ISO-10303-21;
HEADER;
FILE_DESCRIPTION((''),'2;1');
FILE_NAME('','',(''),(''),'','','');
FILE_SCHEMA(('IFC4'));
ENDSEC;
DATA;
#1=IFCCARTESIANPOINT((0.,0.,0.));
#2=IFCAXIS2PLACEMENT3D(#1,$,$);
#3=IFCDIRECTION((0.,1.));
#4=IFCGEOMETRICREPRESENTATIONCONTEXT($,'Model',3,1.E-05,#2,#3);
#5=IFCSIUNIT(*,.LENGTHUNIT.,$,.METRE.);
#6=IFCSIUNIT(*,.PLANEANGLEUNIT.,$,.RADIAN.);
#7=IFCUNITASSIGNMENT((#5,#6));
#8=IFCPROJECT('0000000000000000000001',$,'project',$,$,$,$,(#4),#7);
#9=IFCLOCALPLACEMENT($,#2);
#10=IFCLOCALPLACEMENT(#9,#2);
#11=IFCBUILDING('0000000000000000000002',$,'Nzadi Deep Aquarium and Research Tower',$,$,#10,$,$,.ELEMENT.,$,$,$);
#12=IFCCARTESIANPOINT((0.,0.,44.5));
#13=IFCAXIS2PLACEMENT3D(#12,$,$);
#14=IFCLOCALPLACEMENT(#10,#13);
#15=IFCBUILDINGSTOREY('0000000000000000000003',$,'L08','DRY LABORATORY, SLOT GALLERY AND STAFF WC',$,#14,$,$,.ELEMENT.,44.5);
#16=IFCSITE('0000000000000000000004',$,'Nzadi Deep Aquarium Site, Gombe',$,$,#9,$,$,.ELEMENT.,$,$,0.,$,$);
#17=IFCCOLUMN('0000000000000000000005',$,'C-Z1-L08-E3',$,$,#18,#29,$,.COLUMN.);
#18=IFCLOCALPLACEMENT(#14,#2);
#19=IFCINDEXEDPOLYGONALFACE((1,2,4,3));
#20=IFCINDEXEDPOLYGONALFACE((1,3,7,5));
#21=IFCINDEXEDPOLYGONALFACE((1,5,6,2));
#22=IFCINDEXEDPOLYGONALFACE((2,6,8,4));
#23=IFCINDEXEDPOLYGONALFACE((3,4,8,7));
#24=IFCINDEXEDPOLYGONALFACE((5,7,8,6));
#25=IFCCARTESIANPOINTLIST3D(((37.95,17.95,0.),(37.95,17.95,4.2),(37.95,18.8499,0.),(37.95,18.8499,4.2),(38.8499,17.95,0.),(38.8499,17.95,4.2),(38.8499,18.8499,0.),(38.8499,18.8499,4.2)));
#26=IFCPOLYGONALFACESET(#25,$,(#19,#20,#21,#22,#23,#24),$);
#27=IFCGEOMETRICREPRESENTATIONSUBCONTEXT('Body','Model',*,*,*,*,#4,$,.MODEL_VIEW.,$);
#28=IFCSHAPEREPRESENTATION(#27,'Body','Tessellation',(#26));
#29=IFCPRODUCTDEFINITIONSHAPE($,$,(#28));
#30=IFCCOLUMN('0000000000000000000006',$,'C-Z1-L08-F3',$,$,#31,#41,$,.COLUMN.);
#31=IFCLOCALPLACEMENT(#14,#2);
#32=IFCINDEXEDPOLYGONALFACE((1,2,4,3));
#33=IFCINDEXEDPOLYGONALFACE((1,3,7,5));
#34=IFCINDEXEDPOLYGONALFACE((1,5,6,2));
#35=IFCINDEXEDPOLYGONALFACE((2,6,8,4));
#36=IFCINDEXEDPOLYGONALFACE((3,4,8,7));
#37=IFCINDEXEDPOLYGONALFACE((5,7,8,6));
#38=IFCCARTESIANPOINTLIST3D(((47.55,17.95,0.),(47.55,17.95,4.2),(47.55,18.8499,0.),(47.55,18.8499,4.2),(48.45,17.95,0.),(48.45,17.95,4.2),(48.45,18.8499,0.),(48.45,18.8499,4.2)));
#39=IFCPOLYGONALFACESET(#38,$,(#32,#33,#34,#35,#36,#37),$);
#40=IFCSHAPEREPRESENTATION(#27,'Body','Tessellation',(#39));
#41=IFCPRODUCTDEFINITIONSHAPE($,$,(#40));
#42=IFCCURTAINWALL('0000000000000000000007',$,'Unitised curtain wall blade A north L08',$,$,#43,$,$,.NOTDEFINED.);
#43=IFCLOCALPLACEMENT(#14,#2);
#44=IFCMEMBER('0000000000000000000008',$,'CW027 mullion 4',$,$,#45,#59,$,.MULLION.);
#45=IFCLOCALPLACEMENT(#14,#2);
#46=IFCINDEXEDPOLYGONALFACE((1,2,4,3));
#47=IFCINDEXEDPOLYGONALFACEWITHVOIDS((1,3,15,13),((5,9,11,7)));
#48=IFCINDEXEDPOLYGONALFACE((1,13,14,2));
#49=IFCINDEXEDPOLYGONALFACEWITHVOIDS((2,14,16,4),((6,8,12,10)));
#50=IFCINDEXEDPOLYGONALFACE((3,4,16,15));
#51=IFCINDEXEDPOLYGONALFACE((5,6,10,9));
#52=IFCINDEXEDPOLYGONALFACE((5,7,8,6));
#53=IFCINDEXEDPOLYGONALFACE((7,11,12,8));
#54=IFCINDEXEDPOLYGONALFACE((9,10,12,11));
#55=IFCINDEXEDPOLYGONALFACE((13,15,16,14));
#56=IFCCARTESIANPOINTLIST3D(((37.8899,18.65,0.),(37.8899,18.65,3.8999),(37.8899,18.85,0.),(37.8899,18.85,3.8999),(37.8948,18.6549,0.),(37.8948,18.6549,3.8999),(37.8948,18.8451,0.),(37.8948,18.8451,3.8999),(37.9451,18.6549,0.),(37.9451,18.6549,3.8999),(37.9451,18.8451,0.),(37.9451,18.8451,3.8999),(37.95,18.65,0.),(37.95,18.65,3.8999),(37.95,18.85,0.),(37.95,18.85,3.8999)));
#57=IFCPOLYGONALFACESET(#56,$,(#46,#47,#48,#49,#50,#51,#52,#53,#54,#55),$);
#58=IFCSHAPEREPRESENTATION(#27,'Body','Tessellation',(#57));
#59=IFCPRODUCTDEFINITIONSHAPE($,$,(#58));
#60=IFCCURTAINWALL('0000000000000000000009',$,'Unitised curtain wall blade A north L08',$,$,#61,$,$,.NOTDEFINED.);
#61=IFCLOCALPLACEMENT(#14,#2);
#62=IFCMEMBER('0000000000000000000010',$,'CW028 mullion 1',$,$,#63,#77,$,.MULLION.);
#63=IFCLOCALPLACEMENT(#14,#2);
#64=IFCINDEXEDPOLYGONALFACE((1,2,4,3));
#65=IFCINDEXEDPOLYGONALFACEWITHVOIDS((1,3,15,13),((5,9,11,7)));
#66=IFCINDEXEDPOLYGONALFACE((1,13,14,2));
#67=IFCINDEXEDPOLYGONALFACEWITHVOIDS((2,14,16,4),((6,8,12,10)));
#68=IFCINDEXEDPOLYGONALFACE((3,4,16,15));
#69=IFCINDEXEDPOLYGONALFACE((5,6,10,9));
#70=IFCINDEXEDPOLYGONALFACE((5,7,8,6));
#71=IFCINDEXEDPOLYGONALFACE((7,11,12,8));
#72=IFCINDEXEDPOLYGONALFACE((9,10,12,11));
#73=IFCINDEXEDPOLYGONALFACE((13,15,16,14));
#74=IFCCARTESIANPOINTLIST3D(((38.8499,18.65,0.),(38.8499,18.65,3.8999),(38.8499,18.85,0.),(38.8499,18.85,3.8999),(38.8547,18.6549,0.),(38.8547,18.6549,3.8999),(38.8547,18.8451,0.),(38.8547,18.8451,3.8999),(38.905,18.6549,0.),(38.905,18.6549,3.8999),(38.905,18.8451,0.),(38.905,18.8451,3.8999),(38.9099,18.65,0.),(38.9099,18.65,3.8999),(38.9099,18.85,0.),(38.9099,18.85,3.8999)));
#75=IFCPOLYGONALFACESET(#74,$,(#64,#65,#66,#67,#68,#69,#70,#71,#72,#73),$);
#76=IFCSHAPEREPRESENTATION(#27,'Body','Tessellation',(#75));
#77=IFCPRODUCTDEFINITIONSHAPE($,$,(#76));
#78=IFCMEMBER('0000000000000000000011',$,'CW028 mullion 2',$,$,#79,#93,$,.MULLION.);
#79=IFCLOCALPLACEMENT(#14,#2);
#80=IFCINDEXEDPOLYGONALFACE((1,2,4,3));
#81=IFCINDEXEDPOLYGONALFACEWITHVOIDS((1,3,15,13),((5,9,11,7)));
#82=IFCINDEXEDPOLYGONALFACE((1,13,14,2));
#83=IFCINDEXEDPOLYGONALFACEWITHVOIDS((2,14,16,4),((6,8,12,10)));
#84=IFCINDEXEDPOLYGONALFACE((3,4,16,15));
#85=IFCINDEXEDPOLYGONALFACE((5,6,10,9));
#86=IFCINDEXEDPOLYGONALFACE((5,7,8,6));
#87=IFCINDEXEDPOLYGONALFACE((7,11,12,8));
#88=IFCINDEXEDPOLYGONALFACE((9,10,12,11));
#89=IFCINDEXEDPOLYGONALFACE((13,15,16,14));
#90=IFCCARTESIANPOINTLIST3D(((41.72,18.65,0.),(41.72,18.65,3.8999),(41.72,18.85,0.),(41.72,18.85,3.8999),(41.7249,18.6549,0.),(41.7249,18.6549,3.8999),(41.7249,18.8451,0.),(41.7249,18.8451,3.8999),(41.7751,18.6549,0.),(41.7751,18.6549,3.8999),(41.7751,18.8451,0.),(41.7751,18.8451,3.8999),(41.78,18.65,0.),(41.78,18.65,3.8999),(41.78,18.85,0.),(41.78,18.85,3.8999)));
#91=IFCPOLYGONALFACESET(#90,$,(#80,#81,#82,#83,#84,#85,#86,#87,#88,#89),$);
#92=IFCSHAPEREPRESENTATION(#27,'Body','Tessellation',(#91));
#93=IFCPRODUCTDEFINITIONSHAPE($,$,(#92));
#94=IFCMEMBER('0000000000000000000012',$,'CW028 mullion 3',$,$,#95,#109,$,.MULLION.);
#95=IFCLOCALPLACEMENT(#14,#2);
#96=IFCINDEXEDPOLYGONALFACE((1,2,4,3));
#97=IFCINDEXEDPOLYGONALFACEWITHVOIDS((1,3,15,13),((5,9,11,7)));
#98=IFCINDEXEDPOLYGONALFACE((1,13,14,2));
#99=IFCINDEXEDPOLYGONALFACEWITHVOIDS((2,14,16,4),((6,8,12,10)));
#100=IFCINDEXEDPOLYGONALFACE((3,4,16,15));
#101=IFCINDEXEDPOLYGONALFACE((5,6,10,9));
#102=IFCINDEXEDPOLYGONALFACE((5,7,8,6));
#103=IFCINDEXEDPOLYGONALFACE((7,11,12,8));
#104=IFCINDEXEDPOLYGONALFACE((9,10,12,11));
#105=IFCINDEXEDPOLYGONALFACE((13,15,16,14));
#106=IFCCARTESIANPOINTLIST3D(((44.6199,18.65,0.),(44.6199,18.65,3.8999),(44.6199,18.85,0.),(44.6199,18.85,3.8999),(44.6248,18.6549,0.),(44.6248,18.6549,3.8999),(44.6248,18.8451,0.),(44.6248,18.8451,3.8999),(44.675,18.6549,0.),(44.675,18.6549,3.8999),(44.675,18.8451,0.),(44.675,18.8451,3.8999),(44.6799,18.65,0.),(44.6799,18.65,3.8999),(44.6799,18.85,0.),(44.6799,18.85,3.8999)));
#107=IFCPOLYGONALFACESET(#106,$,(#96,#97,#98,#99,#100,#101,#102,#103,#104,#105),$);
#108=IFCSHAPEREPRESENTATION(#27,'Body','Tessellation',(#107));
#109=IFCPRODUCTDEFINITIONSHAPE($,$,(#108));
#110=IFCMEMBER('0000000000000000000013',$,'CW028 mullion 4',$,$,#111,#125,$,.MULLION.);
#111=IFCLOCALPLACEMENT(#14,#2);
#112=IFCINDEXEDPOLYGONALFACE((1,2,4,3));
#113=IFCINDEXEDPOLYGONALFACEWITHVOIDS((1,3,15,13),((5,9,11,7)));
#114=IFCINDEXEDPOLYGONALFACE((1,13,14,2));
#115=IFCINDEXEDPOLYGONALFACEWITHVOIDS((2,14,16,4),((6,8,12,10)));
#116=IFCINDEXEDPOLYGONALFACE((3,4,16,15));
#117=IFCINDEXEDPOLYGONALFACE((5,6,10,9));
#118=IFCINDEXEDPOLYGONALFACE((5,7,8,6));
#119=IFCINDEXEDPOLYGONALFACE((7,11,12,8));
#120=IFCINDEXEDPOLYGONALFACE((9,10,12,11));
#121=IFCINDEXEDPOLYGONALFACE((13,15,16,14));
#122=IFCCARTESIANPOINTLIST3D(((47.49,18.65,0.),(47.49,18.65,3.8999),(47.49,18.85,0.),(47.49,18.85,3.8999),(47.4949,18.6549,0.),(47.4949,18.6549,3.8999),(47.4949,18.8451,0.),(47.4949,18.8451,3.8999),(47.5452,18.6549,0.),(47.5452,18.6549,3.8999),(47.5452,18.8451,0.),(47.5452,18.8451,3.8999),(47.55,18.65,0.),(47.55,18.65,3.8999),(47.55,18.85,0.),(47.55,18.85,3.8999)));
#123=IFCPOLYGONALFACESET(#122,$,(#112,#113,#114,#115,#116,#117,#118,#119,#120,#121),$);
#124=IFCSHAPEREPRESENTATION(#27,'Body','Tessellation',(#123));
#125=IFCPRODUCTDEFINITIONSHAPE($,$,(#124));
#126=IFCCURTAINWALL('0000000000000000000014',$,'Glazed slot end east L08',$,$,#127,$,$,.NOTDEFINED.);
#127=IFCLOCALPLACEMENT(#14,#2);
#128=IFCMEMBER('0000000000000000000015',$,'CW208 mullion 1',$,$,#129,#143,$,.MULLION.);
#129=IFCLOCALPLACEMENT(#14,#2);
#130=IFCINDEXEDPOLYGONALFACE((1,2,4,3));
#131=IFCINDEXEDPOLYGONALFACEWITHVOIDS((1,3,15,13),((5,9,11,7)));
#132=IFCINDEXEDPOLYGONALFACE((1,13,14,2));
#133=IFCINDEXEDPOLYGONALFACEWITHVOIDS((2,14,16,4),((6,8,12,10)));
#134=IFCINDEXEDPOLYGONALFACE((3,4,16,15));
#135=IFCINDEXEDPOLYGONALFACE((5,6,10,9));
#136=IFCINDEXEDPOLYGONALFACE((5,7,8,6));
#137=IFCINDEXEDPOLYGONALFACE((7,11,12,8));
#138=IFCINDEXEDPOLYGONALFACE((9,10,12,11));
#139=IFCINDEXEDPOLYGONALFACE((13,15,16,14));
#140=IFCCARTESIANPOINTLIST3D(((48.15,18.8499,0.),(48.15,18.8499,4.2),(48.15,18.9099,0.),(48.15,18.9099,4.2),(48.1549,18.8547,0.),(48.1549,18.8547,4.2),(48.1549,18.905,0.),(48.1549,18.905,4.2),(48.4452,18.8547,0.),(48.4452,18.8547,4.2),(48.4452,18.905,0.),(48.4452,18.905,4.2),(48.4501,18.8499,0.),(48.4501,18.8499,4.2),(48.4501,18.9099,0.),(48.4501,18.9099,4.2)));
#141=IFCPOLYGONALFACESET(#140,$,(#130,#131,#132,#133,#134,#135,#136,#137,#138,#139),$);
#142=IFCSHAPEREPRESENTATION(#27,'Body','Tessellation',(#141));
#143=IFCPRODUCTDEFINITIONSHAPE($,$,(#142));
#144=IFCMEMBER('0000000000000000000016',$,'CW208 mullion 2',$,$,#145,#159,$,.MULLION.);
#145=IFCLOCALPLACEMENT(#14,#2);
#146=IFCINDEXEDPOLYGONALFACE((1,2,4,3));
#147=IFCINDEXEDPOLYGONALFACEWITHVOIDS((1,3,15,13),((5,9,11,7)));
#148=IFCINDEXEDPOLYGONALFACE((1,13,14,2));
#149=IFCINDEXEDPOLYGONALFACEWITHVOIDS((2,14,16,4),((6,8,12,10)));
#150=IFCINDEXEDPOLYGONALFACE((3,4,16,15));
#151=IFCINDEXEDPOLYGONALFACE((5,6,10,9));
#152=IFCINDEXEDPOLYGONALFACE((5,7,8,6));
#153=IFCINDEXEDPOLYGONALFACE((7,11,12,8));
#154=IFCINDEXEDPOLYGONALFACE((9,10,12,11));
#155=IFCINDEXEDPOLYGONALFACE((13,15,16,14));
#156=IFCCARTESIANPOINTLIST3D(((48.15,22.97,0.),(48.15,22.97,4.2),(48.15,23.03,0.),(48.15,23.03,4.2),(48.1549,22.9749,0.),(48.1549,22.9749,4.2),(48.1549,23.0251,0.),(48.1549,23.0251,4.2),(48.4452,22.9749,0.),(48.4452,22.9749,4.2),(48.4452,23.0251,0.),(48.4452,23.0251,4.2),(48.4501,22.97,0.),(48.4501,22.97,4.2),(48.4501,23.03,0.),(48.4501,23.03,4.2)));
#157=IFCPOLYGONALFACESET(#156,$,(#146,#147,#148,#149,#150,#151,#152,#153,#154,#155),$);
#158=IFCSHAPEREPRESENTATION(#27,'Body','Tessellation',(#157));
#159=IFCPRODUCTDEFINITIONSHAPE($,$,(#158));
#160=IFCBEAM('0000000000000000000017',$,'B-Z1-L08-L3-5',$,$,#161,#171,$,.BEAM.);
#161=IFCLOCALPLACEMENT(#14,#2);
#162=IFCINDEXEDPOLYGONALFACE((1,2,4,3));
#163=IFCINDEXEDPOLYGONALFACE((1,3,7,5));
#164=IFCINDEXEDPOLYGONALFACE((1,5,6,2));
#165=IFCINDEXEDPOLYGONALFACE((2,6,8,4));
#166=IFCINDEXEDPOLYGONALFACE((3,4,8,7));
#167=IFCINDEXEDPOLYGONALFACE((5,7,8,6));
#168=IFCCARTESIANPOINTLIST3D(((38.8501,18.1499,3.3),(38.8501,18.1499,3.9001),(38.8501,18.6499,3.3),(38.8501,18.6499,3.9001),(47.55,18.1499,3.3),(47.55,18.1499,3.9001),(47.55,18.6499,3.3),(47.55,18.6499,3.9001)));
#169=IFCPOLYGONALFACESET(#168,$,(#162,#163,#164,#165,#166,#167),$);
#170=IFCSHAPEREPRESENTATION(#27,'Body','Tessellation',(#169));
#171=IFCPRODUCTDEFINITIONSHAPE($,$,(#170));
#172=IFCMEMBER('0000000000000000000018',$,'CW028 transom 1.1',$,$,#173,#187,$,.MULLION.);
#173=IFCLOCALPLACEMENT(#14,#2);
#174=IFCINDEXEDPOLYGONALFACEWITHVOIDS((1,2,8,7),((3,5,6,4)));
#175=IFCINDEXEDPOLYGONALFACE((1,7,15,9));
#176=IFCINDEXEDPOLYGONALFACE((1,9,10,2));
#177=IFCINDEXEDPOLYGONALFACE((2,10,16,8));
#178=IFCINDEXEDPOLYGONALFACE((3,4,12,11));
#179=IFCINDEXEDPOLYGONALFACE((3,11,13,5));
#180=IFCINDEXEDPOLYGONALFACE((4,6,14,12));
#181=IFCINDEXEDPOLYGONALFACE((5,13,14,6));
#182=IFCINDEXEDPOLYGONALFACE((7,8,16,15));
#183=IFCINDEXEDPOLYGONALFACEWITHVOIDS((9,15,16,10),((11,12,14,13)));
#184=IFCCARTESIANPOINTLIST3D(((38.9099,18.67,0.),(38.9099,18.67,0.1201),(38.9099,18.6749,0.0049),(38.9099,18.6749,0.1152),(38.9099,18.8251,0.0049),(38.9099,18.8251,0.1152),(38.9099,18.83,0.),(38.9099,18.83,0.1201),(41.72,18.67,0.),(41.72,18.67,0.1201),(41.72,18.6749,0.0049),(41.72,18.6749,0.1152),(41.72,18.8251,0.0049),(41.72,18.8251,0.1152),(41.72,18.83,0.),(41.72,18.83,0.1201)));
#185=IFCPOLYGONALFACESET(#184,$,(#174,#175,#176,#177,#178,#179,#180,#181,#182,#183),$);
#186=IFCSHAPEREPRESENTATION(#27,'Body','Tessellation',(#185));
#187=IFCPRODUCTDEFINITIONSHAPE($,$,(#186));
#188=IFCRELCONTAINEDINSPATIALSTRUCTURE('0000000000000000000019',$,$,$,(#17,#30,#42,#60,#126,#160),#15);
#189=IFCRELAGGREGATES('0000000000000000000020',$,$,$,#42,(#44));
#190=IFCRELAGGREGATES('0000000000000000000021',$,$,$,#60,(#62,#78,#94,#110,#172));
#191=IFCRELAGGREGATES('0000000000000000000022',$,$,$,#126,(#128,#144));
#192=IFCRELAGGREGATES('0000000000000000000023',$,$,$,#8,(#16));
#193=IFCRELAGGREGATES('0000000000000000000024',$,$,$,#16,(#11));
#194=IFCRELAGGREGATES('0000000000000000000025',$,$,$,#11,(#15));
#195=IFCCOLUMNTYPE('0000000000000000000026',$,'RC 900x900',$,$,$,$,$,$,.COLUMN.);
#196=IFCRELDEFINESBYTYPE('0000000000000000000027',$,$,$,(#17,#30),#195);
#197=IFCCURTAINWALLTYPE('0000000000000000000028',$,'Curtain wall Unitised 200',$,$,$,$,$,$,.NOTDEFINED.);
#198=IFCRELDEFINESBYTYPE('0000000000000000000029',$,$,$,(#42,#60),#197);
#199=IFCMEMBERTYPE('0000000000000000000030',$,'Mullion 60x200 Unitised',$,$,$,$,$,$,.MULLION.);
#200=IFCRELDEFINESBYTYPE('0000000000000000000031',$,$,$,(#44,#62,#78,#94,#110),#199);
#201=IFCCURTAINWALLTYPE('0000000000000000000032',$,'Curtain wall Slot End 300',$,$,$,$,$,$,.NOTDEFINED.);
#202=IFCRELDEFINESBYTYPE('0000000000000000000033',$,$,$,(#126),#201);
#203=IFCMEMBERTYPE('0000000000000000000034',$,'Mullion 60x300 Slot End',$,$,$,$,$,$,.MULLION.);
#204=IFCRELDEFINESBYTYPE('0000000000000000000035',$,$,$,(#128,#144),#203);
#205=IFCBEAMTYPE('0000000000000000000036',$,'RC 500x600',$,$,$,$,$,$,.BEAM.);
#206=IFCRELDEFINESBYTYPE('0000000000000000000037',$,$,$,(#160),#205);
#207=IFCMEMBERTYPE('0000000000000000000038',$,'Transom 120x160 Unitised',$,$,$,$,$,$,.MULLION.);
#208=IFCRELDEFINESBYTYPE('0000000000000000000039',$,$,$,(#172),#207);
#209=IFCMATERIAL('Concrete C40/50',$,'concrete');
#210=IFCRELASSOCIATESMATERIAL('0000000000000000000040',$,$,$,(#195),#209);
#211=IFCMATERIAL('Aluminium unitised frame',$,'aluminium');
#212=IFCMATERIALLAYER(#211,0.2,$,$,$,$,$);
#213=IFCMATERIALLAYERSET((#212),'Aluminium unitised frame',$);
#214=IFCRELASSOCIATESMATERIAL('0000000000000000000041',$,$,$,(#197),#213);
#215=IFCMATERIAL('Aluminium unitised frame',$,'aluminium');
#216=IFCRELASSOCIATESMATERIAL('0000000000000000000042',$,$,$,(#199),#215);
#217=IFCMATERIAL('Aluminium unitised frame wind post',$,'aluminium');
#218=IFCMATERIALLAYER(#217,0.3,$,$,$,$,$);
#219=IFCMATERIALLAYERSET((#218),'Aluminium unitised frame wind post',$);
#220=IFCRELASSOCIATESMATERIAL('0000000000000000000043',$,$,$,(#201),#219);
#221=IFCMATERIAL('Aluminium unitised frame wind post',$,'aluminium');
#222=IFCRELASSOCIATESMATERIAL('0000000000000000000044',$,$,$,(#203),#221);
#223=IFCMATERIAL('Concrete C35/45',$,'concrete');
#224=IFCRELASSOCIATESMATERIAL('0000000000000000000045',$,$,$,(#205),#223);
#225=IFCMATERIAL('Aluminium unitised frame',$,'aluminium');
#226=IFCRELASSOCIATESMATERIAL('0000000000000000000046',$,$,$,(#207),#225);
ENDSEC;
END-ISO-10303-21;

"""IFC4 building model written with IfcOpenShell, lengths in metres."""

from ifc_helpers import new_model, si_unit, direction, frame, origin, origin_2d, place, context, subcontext, project, spatial, rectangle, hollow_rectangle, extrude, material, layer, layer_set, material_profile, profile_set, type_object, element, aggregate, save


model = new_model("IFC4")

# Units and contexts
model_context = context("Model", 3, precision=1e-05, world=origin(), true_north=direction((0.0, 1.0)))
body_context = subcontext(model_context, "Body", "Model", "MODEL_VIEW")
ifc_project = project(units=[si_unit("LENGTHUNIT", "METRE"), si_unit("PLANEANGLEUNIT", "RADIAN")], contexts=[model_context])

# Site, building, storey
site_placement = place(None, origin())
site = spatial("IfcSite", under=ifc_project, at=site_placement, Name="Nzadi Deep Aquarium Site, Gombe", CompositionType="ELEMENT", RefElevation=0.0)
building_placement = place(site_placement, origin())
building = spatial("IfcBuilding", under=site, at=building_placement, Name="Nzadi Deep Aquarium and Research Tower", CompositionType="ELEMENT")
storey_placement = place(building_placement, frame((0.0, 0.0, 44.5)))
storey = spatial("IfcBuildingStorey", under=building, at=storey_placement, Name="L08", Description="DRY LABORATORY, SLOT GALLERY AND STAFF WC", CompositionType="ELEMENT", Elevation=44.5)

# Columns
ifc_material_1 = material(Name="Concrete C40/50", Category="concrete")
ifc_material_profile_1 = material_profile(ifc_material_1, rectangle(XDim=0.8999, YDim=0.8999, at=origin_2d()))
ifc_profile_set_1 = profile_set([ifc_material_profile_1], Name="Concrete C40/50")
column_type = type_object("IfcColumnType", Name="RC 900x900", PredefinedType="COLUMN", material=ifc_profile_set_1)
for number, where, z_axis, x_axis, name in (
    (1, (38.3999, 18.3999, 0.0), (0.0, 0.0, 1.0), (1.0, 0.0, 0.0), "C-Z1-L08-E3"),
    (2, (48.0, 18.3999, 0.0), (0.0, 0.0, 1.0), (1.0, 0.0, 0.0), "C-Z1-L08-F3"),
):
    element("IfcColumn", number, at=place(storey_placement, frame(where, z_axis=z_axis, x_axis=x_axis)), inside=storey, type_object=column_type, Name=name, PredefinedType="COLUMN", context=body_context, shape_type="SweptSolid", body=[
        extrude(rectangle(XDim=0.8999, YDim=0.8999, at=origin_2d()), origin(), (0.0, 0.0, 1.0), 4.2),
    ])

# Curtain wall, member
ifc_material_2 = material(Name="Aluminium unitised frame", Category="aluminium")
ifc_layer_1 = layer(ifc_material_2, 0.2)
ifc_layer_set_1 = layer_set([ifc_layer_1], Name="Aluminium unitised frame")
curtain_wall_type_1 = type_object("IfcCurtainWallType", Name="Curtain wall Unitised 200", PredefinedType="NOTDEFINED", material=ifc_layer_set_1)
curtain_wall_1_placement = place(storey_placement, origin())
curtain_wall_1 = element("IfcCurtainWall", 3, at=curtain_wall_1_placement, inside=storey, type_object=curtain_wall_type_1, Name="Unitised curtain wall blade A north L08", PredefinedType="NOTDEFINED")
ifc_material_3 = material(Name="Aluminium unitised frame", Category="aluminium")
ifc_material_profile_2 = material_profile(ifc_material_3, hollow_rectangle(XDim=0.2, YDim=0.0601, WallThickness=0.0049, at=origin_2d()))
ifc_profile_set_2 = profile_set([ifc_material_profile_2], Name="Aluminium unitised frame")
member_type_1 = type_object("IfcMemberType", Name="Mullion 60x200 Unitised", PredefinedType="MULLION", material=ifc_profile_set_2)
member_1_placement = place(storey_placement, frame((37.9199, 18.75, 0.0), z_axis=(0.0, 0.0, 1.0), x_axis=(0.0, 1.0, 0.0)))
member_1 = element("IfcMember", 4, at=member_1_placement, type_object=member_type_1, Name="CW027 mullion 4", PredefinedType="MULLION", context=body_context, shape_type="SweptSolid", body=[
    extrude(hollow_rectangle(XDim=0.2, YDim=0.0601, WallThickness=0.0049, at=origin_2d()), origin(), (0.0, 0.0, 1.0), 3.8999),
])

# Curtain walls, members
curtain_wall_2_placement = place(storey_placement, origin())
curtain_wall_2 = element("IfcCurtainWall", 5, at=curtain_wall_2_placement, inside=storey, type_object=curtain_wall_type_1, Name="Unitised curtain wall blade A north L08", PredefinedType="NOTDEFINED")
member_2_placement = place(storey_placement, frame((38.8799, 18.75, 0.0), z_axis=(0.0, 0.0, 1.0), x_axis=(0.0, 1.0, 0.0)))
member_2 = element("IfcMember", 6, at=member_2_placement, type_object=member_type_1, Name="CW028 mullion 1", PredefinedType="MULLION", context=body_context, shape_type="SweptSolid", body=[
    extrude(hollow_rectangle(XDim=0.2, YDim=0.0601, WallThickness=0.0049, at=origin_2d()), origin(), (0.0, 0.0, 1.0), 3.8999),
])
member_3_placement = place(storey_placement, frame((41.75, 18.75, 0.0), z_axis=(0.0, 0.0, 1.0), x_axis=(0.0, 1.0, 0.0)))
member_3 = element("IfcMember", 7, at=member_3_placement, type_object=member_type_1, Name="CW028 mullion 2", PredefinedType="MULLION", context=body_context, shape_type="SweptSolid", body=[
    extrude(hollow_rectangle(XDim=0.2, YDim=0.0601, WallThickness=0.0049, at=origin_2d()), origin(), (0.0, 0.0, 1.0), 3.8999),
])
member_4_placement = place(storey_placement, frame((44.6499, 18.75, 0.0), z_axis=(0.0, 0.0, 1.0), x_axis=(0.0, 1.0, 0.0)))
member_4 = element("IfcMember", 8, at=member_4_placement, type_object=member_type_1, Name="CW028 mullion 3", PredefinedType="MULLION", context=body_context, shape_type="SweptSolid", body=[
    extrude(hollow_rectangle(XDim=0.2, YDim=0.0601, WallThickness=0.0049, at=origin_2d()), origin(), (0.0, 0.0, 1.0), 3.8999),
])
member_5_placement = place(storey_placement, frame((47.52, 18.75, 0.0), z_axis=(0.0, 0.0, 1.0), x_axis=(0.0, 1.0, 0.0)))
member_5 = element("IfcMember", 9, at=member_5_placement, type_object=member_type_1, Name="CW028 mullion 4", PredefinedType="MULLION", context=body_context, shape_type="SweptSolid", body=[
    extrude(hollow_rectangle(XDim=0.2, YDim=0.0601, WallThickness=0.0049, at=origin_2d()), origin(), (0.0, 0.0, 1.0), 3.8999),
])
ifc_material_4 = material(Name="Aluminium unitised frame wind post", Category="aluminium")
ifc_layer_2 = layer(ifc_material_4, 0.3)
ifc_layer_set_2 = layer_set([ifc_layer_2], Name="Aluminium unitised frame wind post")
curtain_wall_type_2 = type_object("IfcCurtainWallType", Name="Curtain wall Slot End 300", PredefinedType="NOTDEFINED", material=ifc_layer_set_2)
curtain_wall_3_placement = place(storey_placement, origin())
curtain_wall_3 = element("IfcCurtainWall", 10, at=curtain_wall_3_placement, inside=storey, type_object=curtain_wall_type_2, Name="Glazed slot end east L08", PredefinedType="NOTDEFINED")
ifc_material_5 = material(Name="Aluminium unitised frame wind post", Category="aluminium")
ifc_material_profile_3 = material_profile(ifc_material_5, hollow_rectangle(XDim=0.3, YDim=0.0601, WallThickness=0.0049, at=origin_2d()))
ifc_profile_set_3 = profile_set([ifc_material_profile_3], Name="Aluminium unitised frame wind post")
member_type_2 = type_object("IfcMemberType", Name="Mullion 60x300 Slot End", PredefinedType="MULLION", material=ifc_profile_set_3)
member_6_placement = place(storey_placement, frame((48.3, 18.8799, 0.0), z_axis=(0.0, 0.0, 1.0), x_axis=(-1.0, 0.0, 0.0)))
member_6 = element("IfcMember", 11, at=member_6_placement, type_object=member_type_2, Name="CW208 mullion 1", PredefinedType="MULLION", context=body_context, shape_type="SweptSolid", body=[
    extrude(hollow_rectangle(XDim=0.3, YDim=0.0601, WallThickness=0.0049, at=origin_2d()), origin(), (0.0, 0.0, 1.0), 4.2),
])
member_7_placement = place(storey_placement, frame((48.3, 23.0, 0.0), z_axis=(0.0, 0.0, 1.0), x_axis=(-1.0, 0.0, 0.0)))
member_7 = element("IfcMember", 12, at=member_7_placement, type_object=member_type_2, Name="CW208 mullion 2", PredefinedType="MULLION", context=body_context, shape_type="SweptSolid", body=[
    extrude(hollow_rectangle(XDim=0.3, YDim=0.0601, WallThickness=0.0049, at=origin_2d()), origin(), (0.0, 0.0, 1.0), 4.2),
])

# Beam
ifc_material_6 = material(Name="Concrete C35/45", Category="concrete")
ifc_material_profile_4 = material_profile(ifc_material_6, rectangle(XDim=0.5, YDim=0.6001, at=origin_2d()))
ifc_profile_set_4 = profile_set([ifc_material_profile_4], Name="Concrete C35/45")
beam_type = type_object("IfcBeamType", Name="RC 500x600", PredefinedType="BEAM", material=ifc_profile_set_4)
beam_placement = place(storey_placement, frame((38.8501, 18.3999, 3.6001), z_axis=(1.0, 0.0, 0.0), x_axis=(0.0, 1.0, 0.0)))
element("IfcBeam", 13, at=beam_placement, inside=storey, type_object=beam_type, Name="B-Z1-L08-L3-5", PredefinedType="BEAM", context=body_context, shape_type="SweptSolid", body=[
    extrude(rectangle(XDim=0.5, YDim=0.6001, at=origin_2d()), origin(), (0.0, 0.0, 1.0), 8.7),
])

# Member
ifc_material_7 = material(Name="Aluminium unitised frame", Category="aluminium")
ifc_material_profile_5 = material_profile(ifc_material_7, hollow_rectangle(XDim=0.1599, YDim=0.1201, WallThickness=0.0049, at=origin_2d()))
ifc_profile_set_5 = profile_set([ifc_material_profile_5], Name="Aluminium unitised frame")
member_type_3 = type_object("IfcMemberType", Name="Transom 120x160 Unitised", PredefinedType="MULLION", material=ifc_profile_set_5)
member_8_placement = place(storey_placement, frame((38.9099, 18.75, 0.0601), z_axis=(1.0, 0.0, 0.0), x_axis=(0.0, 1.0, 0.0)))
member_8 = element("IfcMember", 14, at=member_8_placement, type_object=member_type_3, Name="CW028 transom 1.1", PredefinedType="MULLION", context=body_context, shape_type="SweptSolid", body=[
    extrude(hollow_rectangle(XDim=0.1599, YDim=0.1201, WallThickness=0.0049, at=origin_2d()), origin(), (0.0, 0.0, 1.0), 2.8101),
])

aggregate(curtain_wall_1, [member_1])
aggregate(curtain_wall_2, [member_2, member_3, member_4, member_5, member_8])
aggregate(curtain_wall_3, [member_6, member_7])

save(model, "model.ifc")
